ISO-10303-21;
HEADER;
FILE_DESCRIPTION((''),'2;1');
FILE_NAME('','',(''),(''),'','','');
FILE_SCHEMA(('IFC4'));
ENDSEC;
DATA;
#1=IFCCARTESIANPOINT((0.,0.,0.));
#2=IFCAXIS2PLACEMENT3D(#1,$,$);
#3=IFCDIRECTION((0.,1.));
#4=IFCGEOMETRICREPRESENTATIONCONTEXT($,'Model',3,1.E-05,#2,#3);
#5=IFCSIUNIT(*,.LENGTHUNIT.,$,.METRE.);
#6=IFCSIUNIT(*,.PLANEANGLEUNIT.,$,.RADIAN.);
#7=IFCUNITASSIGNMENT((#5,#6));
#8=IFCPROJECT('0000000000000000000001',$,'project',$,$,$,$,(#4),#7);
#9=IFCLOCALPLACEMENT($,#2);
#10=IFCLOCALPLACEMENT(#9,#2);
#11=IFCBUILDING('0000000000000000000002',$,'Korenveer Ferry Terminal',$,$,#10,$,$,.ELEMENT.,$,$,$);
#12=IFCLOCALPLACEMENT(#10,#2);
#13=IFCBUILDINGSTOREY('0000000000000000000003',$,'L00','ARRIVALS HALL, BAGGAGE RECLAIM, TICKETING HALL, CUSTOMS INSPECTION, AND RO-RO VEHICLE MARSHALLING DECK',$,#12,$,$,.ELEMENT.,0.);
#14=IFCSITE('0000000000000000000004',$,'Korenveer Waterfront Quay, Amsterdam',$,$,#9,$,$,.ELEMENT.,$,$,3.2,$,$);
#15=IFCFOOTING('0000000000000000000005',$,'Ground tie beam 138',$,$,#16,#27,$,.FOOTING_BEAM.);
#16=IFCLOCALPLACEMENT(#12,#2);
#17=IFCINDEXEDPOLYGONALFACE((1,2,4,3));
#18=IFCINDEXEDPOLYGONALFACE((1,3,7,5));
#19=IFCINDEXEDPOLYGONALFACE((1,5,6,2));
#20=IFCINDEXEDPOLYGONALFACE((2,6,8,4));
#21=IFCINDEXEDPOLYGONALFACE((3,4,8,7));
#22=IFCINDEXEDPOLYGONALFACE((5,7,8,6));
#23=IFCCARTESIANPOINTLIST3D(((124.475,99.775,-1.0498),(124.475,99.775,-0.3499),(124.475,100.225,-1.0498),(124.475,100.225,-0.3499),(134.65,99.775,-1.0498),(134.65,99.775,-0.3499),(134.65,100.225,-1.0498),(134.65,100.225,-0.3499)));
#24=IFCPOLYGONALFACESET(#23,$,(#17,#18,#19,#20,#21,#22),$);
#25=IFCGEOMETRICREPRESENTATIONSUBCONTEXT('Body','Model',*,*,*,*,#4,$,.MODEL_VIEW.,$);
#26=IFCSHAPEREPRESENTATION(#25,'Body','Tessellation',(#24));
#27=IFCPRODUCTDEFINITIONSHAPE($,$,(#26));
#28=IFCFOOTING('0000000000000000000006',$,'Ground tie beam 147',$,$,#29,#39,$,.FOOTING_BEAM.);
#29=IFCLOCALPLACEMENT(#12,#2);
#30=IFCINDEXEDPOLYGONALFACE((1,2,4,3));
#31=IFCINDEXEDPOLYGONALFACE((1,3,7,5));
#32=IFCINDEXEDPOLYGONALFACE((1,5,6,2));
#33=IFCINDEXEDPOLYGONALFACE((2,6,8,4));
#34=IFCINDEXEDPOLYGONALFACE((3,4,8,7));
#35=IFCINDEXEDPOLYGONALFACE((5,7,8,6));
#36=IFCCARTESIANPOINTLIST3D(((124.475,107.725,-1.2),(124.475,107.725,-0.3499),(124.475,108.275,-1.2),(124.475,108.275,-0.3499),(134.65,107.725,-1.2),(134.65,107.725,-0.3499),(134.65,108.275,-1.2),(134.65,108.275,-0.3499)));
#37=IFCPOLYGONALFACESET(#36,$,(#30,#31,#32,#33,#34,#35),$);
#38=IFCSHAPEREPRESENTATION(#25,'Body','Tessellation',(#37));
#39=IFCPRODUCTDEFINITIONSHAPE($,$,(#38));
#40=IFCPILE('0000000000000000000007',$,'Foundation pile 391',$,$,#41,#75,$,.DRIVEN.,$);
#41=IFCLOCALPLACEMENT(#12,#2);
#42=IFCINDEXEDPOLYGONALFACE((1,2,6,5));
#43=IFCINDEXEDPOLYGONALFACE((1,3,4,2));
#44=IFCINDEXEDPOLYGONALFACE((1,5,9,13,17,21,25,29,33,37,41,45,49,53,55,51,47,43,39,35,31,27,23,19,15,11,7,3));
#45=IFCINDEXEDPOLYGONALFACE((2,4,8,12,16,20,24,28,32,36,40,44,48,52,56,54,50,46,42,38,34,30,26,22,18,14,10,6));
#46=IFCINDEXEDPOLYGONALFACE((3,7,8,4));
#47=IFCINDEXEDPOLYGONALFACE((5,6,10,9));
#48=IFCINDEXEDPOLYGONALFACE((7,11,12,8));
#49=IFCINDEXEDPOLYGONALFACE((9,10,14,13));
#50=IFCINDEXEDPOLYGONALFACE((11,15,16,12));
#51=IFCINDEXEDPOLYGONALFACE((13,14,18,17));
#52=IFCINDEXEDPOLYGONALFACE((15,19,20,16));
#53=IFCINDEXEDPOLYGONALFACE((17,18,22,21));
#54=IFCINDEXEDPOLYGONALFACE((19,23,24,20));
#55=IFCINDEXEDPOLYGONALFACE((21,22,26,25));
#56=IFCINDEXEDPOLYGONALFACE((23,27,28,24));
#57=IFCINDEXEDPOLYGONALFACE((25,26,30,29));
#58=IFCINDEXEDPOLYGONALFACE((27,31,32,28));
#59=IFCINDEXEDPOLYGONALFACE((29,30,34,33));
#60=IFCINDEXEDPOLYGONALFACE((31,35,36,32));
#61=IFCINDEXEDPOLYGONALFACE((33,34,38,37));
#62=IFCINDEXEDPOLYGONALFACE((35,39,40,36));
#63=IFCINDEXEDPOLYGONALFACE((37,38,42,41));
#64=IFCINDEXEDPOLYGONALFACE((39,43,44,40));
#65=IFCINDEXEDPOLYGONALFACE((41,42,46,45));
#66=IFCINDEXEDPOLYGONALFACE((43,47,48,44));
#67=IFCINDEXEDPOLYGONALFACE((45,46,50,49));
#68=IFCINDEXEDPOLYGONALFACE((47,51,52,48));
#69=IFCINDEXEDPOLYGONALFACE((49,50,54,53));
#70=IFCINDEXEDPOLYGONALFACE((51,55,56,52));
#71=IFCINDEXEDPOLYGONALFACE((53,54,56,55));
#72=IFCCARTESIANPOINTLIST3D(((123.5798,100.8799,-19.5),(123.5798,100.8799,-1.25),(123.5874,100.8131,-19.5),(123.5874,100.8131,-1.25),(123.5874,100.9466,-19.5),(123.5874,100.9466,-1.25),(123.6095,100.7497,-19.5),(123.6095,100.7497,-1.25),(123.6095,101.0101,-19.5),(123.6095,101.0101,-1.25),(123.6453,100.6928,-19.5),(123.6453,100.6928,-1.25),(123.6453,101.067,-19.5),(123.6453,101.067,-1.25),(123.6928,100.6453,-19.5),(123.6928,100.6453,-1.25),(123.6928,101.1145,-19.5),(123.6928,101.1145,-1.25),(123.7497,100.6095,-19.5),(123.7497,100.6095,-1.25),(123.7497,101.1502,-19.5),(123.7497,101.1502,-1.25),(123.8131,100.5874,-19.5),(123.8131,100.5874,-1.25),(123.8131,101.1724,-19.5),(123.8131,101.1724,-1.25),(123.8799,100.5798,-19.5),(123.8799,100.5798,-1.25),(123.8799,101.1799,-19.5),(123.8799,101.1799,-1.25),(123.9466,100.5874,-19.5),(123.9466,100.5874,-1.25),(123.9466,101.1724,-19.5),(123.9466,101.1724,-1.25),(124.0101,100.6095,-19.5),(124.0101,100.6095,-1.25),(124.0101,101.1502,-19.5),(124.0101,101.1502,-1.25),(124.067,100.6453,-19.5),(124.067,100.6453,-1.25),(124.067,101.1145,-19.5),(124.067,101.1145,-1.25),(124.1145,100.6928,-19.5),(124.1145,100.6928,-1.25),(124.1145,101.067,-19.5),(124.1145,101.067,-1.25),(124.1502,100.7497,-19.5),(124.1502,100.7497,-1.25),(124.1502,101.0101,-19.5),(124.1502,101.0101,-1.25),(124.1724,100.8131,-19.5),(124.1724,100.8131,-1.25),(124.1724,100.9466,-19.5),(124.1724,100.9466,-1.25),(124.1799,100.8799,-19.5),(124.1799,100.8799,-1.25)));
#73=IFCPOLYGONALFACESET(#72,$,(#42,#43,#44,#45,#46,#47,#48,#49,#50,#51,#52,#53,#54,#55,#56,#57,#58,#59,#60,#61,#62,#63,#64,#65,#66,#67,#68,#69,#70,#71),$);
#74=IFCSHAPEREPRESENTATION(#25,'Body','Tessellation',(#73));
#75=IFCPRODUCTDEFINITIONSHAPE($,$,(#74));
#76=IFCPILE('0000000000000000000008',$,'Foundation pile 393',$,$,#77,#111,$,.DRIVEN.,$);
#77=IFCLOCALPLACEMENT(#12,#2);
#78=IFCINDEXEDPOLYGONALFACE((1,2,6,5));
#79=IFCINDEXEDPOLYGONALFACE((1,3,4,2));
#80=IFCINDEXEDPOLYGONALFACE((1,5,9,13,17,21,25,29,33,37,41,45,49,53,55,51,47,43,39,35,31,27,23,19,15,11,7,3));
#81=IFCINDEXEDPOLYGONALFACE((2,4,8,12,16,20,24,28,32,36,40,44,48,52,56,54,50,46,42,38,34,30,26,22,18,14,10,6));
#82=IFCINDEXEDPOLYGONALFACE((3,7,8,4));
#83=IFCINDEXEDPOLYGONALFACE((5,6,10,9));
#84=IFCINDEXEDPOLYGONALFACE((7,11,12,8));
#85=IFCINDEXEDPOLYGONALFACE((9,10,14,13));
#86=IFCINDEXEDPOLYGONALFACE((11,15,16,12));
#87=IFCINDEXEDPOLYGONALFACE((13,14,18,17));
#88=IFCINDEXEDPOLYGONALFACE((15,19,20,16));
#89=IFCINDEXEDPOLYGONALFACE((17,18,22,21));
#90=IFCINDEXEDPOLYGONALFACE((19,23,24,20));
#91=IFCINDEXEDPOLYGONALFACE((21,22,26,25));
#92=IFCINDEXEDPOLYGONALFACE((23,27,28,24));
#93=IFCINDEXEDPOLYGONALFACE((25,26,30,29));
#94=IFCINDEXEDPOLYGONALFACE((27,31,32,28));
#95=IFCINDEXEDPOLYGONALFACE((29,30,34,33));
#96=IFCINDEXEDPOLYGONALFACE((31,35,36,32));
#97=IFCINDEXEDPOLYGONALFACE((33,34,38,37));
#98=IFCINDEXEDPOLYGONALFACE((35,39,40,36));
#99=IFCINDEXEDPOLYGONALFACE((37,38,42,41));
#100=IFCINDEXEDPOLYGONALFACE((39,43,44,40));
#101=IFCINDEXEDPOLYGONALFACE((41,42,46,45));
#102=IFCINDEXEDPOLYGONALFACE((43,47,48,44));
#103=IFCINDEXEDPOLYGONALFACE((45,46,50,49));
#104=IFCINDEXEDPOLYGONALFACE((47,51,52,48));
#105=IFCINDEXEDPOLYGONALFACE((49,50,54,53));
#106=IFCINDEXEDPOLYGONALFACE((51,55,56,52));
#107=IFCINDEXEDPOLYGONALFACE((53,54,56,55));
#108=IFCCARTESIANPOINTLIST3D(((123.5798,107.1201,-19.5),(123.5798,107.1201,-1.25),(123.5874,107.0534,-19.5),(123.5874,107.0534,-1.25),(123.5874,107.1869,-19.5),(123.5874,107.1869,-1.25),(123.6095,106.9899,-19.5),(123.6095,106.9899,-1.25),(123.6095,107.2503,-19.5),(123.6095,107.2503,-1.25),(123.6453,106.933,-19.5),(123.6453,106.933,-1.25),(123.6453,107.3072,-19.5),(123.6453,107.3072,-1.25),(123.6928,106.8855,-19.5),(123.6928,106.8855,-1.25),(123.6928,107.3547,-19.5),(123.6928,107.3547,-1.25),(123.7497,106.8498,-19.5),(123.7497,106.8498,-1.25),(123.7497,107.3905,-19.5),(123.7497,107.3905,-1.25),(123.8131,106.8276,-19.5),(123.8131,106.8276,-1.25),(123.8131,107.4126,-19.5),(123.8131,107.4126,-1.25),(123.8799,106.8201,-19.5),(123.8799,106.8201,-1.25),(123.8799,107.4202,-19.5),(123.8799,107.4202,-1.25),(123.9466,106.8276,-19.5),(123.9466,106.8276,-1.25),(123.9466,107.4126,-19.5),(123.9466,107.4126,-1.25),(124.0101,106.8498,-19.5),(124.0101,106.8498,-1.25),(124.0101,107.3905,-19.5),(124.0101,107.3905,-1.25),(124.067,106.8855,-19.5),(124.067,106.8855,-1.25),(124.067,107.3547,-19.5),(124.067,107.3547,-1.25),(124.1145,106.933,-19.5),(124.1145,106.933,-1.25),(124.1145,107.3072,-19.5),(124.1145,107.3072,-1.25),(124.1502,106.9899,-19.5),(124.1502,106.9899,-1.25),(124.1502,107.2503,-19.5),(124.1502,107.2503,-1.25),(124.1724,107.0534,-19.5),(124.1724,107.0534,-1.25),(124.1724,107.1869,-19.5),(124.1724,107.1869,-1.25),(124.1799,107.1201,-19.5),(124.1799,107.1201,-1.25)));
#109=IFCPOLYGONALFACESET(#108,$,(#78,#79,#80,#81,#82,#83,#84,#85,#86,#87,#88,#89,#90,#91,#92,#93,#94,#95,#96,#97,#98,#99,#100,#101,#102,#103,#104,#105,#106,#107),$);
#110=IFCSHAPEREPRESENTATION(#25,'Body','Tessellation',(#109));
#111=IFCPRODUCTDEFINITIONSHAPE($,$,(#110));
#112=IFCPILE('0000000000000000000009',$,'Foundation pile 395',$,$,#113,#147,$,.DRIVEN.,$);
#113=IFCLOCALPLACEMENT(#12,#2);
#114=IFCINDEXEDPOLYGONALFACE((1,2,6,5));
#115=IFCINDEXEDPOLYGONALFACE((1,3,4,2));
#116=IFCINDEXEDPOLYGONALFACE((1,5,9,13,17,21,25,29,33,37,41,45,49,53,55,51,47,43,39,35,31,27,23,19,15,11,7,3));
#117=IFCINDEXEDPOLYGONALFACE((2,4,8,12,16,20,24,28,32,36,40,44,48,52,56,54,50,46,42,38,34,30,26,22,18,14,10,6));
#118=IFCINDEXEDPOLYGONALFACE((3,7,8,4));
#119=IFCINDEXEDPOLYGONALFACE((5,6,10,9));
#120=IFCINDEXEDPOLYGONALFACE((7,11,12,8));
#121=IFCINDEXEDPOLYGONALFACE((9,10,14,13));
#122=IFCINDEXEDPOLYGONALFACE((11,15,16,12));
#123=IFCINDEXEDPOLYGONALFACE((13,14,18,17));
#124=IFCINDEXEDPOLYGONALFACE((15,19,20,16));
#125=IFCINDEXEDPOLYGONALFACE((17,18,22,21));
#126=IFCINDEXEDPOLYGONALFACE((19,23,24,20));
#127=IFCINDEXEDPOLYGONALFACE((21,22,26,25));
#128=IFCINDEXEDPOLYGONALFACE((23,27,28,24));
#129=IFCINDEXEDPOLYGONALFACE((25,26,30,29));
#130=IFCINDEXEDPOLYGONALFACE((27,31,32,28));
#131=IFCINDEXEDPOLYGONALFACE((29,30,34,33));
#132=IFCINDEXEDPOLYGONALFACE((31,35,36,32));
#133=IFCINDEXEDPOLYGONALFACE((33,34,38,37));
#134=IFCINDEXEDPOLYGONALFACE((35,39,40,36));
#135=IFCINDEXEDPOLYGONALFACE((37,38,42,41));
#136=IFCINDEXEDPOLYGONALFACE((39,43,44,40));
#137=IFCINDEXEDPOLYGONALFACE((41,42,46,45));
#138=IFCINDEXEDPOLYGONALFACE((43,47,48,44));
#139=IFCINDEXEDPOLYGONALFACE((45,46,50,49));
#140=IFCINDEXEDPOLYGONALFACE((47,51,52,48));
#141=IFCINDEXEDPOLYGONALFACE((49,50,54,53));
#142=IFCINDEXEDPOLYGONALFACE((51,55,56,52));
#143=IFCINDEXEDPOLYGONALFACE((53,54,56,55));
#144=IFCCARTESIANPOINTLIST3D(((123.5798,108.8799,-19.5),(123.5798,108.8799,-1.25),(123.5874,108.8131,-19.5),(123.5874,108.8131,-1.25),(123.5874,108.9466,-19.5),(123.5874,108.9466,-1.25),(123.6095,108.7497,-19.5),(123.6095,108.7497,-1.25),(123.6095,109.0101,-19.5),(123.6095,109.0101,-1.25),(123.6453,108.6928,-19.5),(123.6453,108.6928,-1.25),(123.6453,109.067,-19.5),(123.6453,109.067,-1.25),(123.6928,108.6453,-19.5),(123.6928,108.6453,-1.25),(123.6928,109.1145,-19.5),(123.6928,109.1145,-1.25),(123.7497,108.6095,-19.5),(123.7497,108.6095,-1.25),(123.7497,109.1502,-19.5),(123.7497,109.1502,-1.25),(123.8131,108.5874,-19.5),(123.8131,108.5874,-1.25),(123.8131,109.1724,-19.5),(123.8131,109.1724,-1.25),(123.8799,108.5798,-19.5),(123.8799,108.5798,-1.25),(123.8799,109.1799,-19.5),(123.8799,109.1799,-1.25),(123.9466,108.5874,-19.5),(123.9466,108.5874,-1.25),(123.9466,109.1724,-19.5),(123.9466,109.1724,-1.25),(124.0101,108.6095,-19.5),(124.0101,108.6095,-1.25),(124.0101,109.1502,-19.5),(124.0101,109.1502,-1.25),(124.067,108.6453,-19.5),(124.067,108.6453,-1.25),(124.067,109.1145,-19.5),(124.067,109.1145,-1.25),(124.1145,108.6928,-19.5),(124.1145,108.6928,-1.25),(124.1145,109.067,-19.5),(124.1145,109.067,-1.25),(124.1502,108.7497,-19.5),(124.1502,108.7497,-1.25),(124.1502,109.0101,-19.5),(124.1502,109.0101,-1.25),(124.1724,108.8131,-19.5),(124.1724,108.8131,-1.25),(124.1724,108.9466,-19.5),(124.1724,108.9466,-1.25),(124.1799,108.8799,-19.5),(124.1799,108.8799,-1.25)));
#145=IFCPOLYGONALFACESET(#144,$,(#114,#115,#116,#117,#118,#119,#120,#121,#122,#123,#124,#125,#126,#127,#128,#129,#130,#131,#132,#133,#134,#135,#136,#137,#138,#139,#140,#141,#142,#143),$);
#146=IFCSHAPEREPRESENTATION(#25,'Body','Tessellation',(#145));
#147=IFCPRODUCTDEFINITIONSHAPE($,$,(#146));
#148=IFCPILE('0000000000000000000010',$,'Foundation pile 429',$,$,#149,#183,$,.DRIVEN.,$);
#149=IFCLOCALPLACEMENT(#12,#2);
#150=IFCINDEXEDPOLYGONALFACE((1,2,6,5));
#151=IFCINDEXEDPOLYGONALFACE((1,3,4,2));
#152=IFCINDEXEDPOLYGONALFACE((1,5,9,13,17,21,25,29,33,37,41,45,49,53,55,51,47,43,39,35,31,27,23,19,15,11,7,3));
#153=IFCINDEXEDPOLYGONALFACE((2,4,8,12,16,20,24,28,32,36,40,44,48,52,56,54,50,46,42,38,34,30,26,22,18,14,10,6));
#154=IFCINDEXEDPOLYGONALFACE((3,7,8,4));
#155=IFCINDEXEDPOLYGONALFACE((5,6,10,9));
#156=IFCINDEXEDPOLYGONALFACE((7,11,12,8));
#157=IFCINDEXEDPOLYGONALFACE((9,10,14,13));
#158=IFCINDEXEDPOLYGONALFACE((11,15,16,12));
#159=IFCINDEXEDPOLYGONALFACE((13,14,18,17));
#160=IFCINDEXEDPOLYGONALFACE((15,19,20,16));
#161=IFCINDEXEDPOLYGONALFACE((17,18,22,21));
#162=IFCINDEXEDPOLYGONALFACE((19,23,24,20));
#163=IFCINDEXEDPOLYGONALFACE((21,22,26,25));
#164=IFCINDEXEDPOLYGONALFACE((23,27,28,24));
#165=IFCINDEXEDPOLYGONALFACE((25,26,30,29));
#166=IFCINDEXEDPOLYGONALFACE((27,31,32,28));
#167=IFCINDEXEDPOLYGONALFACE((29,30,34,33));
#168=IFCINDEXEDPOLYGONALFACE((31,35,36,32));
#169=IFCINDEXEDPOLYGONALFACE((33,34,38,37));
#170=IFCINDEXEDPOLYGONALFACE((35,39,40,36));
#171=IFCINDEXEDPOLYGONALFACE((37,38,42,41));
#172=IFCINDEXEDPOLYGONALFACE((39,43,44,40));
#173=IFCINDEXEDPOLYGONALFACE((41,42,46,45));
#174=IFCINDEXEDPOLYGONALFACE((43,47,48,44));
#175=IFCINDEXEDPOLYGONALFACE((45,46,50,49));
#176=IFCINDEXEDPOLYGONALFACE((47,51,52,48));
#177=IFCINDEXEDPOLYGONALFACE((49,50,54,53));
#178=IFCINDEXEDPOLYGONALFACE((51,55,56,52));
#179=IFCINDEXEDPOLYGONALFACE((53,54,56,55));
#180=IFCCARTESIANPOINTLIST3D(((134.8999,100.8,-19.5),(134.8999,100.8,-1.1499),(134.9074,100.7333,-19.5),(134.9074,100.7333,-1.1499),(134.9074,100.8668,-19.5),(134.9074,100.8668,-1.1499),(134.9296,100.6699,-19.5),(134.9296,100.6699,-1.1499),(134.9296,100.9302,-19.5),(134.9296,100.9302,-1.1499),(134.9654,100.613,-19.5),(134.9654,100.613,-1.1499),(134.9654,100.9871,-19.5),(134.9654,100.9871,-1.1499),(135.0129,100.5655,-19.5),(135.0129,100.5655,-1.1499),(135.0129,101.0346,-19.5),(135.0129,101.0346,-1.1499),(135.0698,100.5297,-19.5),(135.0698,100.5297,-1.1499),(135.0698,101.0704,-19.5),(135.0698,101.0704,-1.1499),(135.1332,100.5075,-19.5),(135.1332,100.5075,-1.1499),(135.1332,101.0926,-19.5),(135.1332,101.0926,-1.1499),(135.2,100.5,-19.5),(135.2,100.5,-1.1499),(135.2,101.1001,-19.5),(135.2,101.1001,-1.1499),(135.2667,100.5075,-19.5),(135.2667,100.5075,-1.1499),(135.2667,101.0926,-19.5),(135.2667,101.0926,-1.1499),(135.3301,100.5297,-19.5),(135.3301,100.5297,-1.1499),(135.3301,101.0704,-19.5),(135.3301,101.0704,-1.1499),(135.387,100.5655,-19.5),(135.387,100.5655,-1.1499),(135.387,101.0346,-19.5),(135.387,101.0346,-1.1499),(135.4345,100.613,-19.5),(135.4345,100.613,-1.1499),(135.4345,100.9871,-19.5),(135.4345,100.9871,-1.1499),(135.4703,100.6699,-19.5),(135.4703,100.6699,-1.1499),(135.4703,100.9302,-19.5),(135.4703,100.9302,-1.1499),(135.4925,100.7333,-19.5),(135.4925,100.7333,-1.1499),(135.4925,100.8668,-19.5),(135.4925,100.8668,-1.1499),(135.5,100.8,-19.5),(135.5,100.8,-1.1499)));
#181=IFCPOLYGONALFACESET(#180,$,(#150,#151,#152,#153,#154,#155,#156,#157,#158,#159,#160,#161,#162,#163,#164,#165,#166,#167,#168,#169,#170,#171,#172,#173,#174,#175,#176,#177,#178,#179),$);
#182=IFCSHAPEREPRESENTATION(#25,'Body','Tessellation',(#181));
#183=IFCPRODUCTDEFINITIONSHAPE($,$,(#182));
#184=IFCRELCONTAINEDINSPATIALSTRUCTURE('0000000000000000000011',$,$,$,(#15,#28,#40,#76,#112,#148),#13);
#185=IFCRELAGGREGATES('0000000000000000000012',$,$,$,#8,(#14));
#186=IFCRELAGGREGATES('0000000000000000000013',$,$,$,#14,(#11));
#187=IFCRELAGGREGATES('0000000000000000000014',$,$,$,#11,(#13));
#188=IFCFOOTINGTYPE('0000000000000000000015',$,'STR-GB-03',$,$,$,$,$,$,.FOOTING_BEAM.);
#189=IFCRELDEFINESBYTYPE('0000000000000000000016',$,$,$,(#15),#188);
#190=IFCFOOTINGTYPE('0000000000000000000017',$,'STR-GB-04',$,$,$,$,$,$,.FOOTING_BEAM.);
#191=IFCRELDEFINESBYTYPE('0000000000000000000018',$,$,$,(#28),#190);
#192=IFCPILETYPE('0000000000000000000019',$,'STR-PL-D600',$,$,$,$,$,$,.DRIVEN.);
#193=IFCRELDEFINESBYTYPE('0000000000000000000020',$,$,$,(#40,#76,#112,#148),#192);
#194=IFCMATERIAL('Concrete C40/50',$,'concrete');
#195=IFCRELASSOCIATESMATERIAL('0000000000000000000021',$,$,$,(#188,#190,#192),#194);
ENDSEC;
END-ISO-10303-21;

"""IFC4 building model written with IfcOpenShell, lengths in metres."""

from ifc_helpers import new_model, si_unit, direction, frame, origin, origin_2d, place, context, subcontext, project, spatial, rectangle, circle, extrude, material, material_profile, profile_set, type_object, element, save


model = new_model("IFC4")

# Units and contexts
model_context = context("Model", 3, precision=1e-05, world=origin(), true_north=direction((0.0, 1.0)))
body_context = subcontext(model_context, "Body", "Model", "MODEL_VIEW")
ifc_project = project(units=[si_unit("LENGTHUNIT", "METRE"), si_unit("PLANEANGLEUNIT", "RADIAN")], contexts=[model_context])

# Site, building, storey
site_placement = place(None, origin())
site = spatial("IfcSite", under=ifc_project, at=site_placement, Name="Korenveer Waterfront Quay, Amsterdam", CompositionType="ELEMENT", RefElevation=3.2)
building_placement = place(site_placement, origin())
building = spatial("IfcBuilding", under=site, at=building_placement, Name="Korenveer Ferry Terminal", CompositionType="ELEMENT")
storey_placement = place(building_placement, origin())
storey = spatial("IfcBuildingStorey", under=building, at=storey_placement, Name="L00", Description="ARRIVALS HALL, BAGGAGE RECLAIM, TICKETING HALL, CUSTOMS INSPECTION, AND RO-RO VEHICLE MARSHALLING DECK", CompositionType="ELEMENT", Elevation=0.0)

# Footings
ifc_material_1 = material(Name="Concrete C40/50", Category="concrete")
footing_type_1 = type_object("IfcFootingType", Name="STR-GB-03", PredefinedType="FOOTING_BEAM", material=ifc_material_1)
footing_1_placement = place(storey_placement, frame((129.5625, 100.0, -1.0498), z_axis=(0.0, 0.0, 1.0), x_axis=(1.0, 0.0, 0.0)))
element("IfcFooting", 1, at=footing_1_placement, inside=storey, type_object=footing_type_1, Name="Ground tie beam 138", PredefinedType="FOOTING_BEAM", context=body_context, shape_type="SweptSolid", body=[
    extrude(rectangle(XDim=10.175, YDim=0.45, at=origin_2d()), origin(), (0.0, 0.0, 1.0), 0.7),
])
footing_type_2 = type_object("IfcFootingType", Name="STR-GB-04", PredefinedType="FOOTING_BEAM", material=ifc_material_1)
footing_2_placement = place(storey_placement, frame((129.5625, 108.0, -1.2), z_axis=(0.0, 0.0, 1.0), x_axis=(1.0, 0.0, 0.0)))
element("IfcFooting", 2, at=footing_2_placement, inside=storey, type_object=footing_type_2, Name="Ground tie beam 147", PredefinedType="FOOTING_BEAM", context=body_context, shape_type="SweptSolid", body=[
    extrude(rectangle(XDim=10.175, YDim=0.55, at=origin_2d()), origin(), (0.0, 0.0, 1.0), 0.8501),
])

# Piles
ifc_material_profile_1 = material_profile(ifc_material_1, circle(Radius=0.3, at=origin_2d()), Name="PILE D600")
ifc_profile_set_1 = profile_set([ifc_material_profile_1], Name="Concrete C40/50")
pile_type = type_object("IfcPileType", Name="STR-PL-D600", PredefinedType="DRIVEN", material=ifc_profile_set_1)
for number, where, z_axis, x_axis, name in (
    (3, (123.8799, 100.8799, -1.25), (0.0, 0.0, -1.0), (1.0, 0.0, 0.0), "Foundation pile 391"),
    (4, (123.8799, 107.1201, -1.25), (0.0, 0.0, -1.0), (1.0, 0.0, 0.0), "Foundation pile 393"),
    (5, (123.8799, 108.8799, -1.25), (0.0, 0.0, -1.0), (1.0, 0.0, 0.0), "Foundation pile 395"),
):
    element("IfcPile", number, at=place(storey_placement, frame(where, z_axis=z_axis, x_axis=x_axis)), inside=storey, type_object=pile_type, Name=name, PredefinedType="DRIVEN", context=body_context, shape_type="SweptSolid", body=[
        extrude(circle(Radius=0.3, at=origin_2d()), origin(), (0.0, 0.0, 1.0), 18.25),
    ])
for number, where, z_axis, x_axis, name in (
    (6, (135.2, 100.8, -1.1499), (0.0, 0.0, -1.0), (1.0, 0.0, 0.0), "Foundation pile 429"),
):
    element("IfcPile", number, at=place(storey_placement, frame(where, z_axis=z_axis, x_axis=x_axis)), inside=storey, type_object=pile_type, Name=name, PredefinedType="DRIVEN", context=body_context, shape_type="SweptSolid", body=[
        extrude(circle(Radius=0.3, at=origin_2d()), origin(), (0.0, 0.0, 1.0), 18.3501),
    ])

save(model, "model.ifc")
